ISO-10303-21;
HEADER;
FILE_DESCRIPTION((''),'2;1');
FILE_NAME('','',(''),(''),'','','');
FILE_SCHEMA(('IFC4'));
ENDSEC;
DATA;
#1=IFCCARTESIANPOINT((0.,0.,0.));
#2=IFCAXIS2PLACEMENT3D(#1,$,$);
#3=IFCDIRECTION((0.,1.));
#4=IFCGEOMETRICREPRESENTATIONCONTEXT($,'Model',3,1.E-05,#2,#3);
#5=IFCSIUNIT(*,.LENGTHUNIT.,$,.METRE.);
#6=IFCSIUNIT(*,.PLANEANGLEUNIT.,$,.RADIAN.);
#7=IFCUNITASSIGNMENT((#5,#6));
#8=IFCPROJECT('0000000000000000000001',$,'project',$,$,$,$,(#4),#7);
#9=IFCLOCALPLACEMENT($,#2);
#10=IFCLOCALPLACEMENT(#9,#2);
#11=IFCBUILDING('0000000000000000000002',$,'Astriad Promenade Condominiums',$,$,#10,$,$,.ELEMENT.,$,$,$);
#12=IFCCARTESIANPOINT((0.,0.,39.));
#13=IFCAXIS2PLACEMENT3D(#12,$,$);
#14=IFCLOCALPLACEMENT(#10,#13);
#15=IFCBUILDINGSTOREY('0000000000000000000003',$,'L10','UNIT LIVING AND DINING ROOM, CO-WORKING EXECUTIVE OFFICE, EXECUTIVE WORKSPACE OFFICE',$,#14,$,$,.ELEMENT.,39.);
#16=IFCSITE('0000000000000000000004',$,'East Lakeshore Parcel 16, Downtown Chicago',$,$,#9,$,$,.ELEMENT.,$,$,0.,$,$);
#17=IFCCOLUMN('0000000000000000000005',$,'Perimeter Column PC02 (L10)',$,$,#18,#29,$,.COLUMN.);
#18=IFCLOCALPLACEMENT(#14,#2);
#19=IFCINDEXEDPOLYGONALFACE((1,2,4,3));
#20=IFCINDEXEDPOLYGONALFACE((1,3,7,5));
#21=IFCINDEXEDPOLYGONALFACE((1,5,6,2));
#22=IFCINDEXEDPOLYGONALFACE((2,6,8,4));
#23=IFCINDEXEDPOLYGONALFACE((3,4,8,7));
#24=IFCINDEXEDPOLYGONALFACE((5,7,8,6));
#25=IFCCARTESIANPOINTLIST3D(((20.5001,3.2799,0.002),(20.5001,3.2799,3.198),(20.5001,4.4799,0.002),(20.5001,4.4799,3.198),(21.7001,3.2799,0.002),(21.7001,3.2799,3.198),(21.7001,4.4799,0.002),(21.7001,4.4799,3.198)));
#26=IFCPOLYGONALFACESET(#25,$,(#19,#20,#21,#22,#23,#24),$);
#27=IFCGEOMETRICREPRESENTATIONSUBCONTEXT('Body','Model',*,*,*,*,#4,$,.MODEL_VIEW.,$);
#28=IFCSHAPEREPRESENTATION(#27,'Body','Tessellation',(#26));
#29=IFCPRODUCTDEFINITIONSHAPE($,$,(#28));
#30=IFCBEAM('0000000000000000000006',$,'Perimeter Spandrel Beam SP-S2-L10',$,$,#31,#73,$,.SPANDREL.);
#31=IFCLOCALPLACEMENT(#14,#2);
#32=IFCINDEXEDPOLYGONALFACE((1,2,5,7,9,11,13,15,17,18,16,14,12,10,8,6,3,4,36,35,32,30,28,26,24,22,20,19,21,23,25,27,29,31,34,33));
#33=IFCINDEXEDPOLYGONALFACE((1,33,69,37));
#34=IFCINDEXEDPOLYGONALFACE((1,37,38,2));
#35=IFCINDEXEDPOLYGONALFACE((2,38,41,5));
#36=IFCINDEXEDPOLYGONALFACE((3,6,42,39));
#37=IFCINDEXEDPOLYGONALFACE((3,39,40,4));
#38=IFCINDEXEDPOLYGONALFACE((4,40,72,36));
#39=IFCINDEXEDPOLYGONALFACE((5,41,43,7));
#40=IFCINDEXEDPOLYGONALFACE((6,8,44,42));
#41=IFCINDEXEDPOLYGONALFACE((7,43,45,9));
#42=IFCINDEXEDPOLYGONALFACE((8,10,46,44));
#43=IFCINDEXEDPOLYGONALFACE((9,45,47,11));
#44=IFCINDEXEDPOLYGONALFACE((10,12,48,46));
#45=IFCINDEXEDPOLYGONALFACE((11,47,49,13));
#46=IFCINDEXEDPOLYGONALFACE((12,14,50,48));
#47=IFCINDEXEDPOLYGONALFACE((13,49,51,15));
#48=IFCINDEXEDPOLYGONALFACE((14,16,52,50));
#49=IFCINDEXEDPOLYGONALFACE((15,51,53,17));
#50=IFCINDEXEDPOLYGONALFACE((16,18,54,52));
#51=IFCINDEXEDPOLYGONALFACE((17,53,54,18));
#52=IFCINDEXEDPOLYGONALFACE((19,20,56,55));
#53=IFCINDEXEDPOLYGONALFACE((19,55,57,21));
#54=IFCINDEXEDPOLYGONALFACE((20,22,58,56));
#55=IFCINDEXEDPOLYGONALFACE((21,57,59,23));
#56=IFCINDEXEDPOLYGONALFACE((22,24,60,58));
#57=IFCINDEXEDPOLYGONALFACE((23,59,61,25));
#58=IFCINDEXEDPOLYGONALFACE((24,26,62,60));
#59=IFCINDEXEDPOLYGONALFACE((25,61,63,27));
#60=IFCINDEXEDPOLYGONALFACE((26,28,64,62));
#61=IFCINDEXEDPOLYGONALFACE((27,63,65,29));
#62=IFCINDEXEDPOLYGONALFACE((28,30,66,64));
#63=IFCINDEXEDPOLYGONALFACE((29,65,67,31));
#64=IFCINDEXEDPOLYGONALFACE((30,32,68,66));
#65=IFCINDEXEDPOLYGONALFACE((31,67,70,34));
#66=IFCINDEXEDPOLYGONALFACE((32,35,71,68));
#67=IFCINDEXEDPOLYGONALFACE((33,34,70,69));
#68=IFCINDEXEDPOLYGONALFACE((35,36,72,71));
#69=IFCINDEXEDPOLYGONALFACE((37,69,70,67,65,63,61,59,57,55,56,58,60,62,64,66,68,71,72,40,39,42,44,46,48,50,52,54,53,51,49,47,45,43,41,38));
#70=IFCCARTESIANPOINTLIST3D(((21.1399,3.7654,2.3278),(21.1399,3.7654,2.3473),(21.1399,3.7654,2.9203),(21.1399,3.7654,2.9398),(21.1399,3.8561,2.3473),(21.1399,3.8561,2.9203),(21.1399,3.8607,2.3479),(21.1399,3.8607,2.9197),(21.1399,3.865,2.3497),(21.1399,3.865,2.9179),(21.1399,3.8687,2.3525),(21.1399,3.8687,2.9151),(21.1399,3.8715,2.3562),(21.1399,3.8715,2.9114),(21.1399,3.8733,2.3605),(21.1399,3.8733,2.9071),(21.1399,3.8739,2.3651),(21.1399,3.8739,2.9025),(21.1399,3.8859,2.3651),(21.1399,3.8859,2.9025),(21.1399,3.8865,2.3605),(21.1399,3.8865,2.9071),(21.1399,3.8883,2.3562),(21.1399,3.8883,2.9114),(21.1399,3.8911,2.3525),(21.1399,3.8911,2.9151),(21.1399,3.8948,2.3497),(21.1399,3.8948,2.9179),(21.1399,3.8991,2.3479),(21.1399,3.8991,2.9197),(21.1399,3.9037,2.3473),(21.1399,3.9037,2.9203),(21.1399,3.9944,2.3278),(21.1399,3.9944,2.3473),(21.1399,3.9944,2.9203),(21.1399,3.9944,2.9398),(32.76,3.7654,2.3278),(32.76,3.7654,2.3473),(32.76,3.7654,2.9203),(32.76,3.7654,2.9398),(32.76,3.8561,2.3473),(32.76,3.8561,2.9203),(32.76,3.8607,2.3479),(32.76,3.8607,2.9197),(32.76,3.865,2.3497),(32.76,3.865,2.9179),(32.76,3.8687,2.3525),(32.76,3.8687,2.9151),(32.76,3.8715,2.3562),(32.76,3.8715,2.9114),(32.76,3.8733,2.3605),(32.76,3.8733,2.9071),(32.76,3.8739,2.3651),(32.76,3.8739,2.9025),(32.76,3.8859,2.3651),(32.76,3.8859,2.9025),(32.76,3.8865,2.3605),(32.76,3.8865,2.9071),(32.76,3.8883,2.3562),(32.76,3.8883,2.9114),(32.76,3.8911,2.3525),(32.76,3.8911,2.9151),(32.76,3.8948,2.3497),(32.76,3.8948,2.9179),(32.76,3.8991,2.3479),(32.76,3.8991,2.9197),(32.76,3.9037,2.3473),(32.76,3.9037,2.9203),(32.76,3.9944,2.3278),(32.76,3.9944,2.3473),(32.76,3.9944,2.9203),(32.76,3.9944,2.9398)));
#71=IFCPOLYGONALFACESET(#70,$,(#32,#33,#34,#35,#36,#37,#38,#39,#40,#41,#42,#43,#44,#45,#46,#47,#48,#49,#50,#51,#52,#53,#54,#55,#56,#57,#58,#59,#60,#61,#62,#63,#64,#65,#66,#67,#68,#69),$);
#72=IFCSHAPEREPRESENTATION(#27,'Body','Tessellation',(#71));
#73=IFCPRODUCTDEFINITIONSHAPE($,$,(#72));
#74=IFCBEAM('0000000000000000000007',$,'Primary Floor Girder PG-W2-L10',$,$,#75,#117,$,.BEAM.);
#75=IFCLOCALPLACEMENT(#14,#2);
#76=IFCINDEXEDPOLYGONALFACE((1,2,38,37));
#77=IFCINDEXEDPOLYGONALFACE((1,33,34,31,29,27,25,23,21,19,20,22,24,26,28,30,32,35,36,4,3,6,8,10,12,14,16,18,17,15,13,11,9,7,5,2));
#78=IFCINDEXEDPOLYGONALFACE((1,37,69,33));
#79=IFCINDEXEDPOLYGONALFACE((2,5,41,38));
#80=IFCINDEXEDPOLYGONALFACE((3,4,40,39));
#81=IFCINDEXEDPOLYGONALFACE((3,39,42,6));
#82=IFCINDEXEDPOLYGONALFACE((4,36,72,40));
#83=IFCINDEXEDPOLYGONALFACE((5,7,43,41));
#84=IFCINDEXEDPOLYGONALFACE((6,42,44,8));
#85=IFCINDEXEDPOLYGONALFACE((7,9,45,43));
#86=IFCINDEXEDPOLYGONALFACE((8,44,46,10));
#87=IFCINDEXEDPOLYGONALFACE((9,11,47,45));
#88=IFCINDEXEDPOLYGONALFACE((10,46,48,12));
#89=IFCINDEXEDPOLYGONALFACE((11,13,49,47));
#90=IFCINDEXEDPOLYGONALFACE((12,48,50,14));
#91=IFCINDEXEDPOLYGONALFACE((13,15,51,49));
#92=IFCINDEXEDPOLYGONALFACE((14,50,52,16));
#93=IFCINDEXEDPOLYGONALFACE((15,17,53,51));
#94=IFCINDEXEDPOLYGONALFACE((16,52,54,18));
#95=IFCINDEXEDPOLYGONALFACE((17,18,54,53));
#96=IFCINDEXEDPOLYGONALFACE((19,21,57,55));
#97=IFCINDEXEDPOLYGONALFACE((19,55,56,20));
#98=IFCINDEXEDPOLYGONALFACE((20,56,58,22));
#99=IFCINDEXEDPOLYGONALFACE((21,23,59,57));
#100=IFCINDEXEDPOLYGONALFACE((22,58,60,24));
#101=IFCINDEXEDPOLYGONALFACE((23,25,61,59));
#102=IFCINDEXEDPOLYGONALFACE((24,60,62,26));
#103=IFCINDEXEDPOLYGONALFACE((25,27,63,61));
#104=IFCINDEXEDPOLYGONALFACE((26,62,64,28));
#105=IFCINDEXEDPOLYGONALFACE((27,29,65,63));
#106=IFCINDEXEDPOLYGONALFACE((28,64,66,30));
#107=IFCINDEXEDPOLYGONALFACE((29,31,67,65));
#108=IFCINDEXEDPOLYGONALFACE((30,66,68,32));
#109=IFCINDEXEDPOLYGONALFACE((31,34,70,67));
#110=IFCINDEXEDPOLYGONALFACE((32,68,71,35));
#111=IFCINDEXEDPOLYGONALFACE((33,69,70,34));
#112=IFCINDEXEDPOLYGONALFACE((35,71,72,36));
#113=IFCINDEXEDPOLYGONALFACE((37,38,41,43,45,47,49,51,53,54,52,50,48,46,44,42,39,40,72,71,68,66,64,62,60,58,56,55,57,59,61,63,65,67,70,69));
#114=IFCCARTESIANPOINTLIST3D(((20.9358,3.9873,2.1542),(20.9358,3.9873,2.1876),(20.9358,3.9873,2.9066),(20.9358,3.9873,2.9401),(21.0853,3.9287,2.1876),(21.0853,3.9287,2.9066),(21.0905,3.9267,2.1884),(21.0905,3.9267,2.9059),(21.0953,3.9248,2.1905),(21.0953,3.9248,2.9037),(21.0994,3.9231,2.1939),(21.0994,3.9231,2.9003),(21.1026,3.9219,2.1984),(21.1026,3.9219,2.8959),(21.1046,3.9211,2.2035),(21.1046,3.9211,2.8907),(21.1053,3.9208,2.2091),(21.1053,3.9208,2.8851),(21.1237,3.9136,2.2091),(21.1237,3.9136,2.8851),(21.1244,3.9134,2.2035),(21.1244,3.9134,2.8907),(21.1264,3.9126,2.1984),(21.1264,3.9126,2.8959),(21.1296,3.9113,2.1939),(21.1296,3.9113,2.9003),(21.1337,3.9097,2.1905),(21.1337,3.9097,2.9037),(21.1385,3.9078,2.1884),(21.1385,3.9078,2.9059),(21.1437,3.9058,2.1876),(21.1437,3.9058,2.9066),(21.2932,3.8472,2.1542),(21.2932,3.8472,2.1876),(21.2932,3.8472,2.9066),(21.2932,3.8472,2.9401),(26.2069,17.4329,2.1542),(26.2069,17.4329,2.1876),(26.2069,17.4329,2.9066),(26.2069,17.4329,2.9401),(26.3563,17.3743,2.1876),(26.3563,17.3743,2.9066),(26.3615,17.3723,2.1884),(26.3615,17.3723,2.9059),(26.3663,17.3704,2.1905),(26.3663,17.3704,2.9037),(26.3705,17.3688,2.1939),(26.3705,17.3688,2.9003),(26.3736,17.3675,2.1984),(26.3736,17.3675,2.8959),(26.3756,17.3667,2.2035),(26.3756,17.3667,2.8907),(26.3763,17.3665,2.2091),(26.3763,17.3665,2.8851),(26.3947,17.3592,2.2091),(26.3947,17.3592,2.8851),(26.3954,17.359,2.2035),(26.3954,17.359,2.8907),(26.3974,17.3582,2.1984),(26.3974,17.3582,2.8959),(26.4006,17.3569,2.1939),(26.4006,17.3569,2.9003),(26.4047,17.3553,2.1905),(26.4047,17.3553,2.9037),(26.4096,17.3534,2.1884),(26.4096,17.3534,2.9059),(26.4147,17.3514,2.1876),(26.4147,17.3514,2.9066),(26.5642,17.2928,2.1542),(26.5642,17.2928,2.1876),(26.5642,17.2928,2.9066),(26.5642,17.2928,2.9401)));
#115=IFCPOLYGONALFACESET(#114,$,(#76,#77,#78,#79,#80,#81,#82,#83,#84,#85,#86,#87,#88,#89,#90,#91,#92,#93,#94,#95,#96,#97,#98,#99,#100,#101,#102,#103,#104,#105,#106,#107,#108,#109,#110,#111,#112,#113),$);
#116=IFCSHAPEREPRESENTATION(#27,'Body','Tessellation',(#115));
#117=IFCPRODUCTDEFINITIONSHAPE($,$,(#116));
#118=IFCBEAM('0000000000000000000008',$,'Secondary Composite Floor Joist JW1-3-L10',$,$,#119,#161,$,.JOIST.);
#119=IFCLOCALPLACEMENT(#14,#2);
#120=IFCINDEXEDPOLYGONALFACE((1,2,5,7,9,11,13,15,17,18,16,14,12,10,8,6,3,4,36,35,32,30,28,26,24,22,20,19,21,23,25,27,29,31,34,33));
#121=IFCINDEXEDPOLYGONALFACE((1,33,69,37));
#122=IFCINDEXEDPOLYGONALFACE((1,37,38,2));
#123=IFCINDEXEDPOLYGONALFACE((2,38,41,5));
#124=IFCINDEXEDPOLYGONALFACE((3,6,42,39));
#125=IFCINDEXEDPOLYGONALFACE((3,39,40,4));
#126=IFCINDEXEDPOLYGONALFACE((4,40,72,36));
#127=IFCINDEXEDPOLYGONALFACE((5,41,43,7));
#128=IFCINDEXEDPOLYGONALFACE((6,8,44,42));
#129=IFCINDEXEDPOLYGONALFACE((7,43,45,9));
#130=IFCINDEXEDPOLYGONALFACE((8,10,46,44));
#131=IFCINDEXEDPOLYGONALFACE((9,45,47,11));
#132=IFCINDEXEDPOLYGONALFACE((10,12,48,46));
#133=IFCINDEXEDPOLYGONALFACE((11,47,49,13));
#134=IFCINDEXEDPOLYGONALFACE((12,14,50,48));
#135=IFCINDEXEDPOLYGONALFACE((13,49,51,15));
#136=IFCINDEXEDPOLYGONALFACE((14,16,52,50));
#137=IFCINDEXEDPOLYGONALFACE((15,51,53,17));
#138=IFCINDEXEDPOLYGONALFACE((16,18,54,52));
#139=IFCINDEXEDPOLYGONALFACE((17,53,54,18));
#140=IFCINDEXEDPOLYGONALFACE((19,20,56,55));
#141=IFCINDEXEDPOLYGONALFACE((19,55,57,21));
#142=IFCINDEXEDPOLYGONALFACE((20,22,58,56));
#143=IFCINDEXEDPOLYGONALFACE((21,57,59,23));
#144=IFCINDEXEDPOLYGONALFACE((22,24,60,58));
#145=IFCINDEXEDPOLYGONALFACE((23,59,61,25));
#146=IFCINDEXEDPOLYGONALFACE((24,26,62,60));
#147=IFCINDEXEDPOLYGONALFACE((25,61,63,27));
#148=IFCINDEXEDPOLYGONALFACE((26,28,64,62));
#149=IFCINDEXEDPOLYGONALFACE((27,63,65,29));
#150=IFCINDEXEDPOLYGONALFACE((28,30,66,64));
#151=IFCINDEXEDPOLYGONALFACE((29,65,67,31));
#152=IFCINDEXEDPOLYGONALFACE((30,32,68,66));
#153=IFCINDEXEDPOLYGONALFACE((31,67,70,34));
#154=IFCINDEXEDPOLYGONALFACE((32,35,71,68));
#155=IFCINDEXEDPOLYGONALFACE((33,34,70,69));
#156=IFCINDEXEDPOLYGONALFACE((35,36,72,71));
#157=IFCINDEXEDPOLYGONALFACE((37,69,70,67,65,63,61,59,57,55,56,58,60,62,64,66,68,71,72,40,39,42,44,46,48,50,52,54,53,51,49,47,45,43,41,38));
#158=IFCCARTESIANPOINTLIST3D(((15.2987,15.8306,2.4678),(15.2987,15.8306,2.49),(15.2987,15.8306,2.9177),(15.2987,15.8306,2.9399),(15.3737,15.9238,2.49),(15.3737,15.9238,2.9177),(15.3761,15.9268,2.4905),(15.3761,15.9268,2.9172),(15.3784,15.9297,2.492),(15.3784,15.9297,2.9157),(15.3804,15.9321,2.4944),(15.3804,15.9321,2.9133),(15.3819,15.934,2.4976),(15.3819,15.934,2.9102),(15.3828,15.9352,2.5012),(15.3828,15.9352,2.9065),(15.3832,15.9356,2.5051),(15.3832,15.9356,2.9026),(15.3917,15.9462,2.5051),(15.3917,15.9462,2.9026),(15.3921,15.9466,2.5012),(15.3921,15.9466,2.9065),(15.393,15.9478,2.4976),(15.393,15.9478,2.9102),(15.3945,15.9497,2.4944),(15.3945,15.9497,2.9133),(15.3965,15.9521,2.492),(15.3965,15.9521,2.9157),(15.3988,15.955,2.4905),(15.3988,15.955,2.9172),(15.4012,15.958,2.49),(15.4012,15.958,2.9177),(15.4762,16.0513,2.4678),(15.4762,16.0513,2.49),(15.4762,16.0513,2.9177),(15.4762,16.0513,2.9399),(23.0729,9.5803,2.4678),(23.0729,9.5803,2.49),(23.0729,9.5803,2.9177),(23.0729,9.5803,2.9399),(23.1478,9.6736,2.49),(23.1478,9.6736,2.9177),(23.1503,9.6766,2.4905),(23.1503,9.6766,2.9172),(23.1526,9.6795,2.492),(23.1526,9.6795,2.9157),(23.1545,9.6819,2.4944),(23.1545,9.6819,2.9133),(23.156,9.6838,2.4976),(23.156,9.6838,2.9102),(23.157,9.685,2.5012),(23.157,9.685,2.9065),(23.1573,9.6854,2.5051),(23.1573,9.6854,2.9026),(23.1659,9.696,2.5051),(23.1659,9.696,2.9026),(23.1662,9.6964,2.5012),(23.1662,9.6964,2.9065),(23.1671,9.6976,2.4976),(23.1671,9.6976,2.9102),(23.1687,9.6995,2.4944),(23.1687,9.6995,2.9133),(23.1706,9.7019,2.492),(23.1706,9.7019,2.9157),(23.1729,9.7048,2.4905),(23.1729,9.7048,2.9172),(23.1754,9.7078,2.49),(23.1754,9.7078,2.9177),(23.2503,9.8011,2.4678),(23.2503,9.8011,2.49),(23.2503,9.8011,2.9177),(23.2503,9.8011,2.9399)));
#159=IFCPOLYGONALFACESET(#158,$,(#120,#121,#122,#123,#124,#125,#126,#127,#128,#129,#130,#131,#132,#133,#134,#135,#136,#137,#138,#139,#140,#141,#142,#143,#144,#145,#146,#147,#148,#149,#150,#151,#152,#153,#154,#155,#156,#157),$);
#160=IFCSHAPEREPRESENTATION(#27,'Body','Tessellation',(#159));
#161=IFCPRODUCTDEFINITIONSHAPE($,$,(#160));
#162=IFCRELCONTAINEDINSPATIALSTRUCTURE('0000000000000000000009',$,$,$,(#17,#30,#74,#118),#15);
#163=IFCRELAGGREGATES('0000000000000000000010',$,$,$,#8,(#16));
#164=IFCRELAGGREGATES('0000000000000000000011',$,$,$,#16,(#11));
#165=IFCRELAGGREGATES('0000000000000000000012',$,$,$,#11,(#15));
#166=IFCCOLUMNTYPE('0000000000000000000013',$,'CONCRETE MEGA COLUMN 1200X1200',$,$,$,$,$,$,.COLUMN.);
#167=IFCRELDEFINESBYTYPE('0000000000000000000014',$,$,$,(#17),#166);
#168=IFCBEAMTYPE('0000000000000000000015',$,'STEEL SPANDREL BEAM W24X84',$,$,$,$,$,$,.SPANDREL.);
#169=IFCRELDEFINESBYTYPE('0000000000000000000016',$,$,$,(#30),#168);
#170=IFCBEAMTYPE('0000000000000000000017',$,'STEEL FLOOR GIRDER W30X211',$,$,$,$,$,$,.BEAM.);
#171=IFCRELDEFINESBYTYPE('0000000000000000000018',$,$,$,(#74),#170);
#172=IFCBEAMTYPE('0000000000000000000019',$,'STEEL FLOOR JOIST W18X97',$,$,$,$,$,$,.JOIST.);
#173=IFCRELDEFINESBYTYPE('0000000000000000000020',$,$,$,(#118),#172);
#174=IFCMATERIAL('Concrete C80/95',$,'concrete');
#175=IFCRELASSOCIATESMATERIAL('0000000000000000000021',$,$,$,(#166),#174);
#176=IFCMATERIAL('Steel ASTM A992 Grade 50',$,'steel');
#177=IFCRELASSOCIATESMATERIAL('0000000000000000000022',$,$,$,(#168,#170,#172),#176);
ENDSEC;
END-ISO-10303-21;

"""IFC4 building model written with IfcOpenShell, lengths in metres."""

from ifc_helpers import new_model, si_unit, direction, frame, origin, origin_2d, place, context, subcontext, project, spatial, rectangle, i_section, extrude, source, transform, mapped, material, material_profile, profile_set, type_object, type_shapes, element, save


model = new_model("IFC4")

# Units and contexts
model_context = context("Model", 3, precision=1e-05, world=origin(), true_north=direction((0.0, 1.0)))
body_context = subcontext(model_context, "Body", "Model", "MODEL_VIEW")
ifc_project = project(units=[si_unit("LENGTHUNIT", "METRE"), si_unit("PLANEANGLEUNIT", "RADIAN")], contexts=[model_context])

# Site, building, storey
site_placement = place(None, origin())
site = spatial("IfcSite", under=ifc_project, at=site_placement, Name="East Lakeshore Parcel 16, Downtown Chicago", CompositionType="ELEMENT", RefElevation=0.0)
building_placement = place(site_placement, origin())
building = spatial("IfcBuilding", under=site, at=building_placement, Name="Astriad Promenade Condominiums", CompositionType="ELEMENT")
storey_placement = place(building_placement, frame((0.0, 0.0, 39.0)))
storey = spatial("IfcBuildingStorey", under=building, at=storey_placement, Name="L10", Description="UNIT LIVING AND DINING ROOM, CO-WORKING EXECUTIVE OFFICE, EXECUTIVE WORKSPACE OFFICE", CompositionType="ELEMENT", Elevation=39.0)

# Column
ifc_material_1 = material(Name="Concrete C80/95", Category="concrete")
ifc_material_profile_1 = material_profile(ifc_material_1, rectangle(XDim=1.2, YDim=1.2, at=origin_2d()), Name="RC-COL-1200X1200")
ifc_profile_set_1 = profile_set([ifc_material_profile_1], Name="Concrete C80/95")
column_type = type_object("IfcColumnType", Name="CONCRETE MEGA COLUMN 1200X1200", PredefinedType="COLUMN", material=ifc_profile_set_1)
shared_shape_1 = source(origin(), body_context, "Body", "SweptSolid", [
    extrude(rectangle(XDim=1.2, YDim=1.2, at=origin_2d()), origin(), (0.0, 0.0, 1.0), 3.196),
])
type_shapes(column_type, [shared_shape_1])
column_placement = place(storey_placement, frame((21.1001, 3.8799, 0.002), z_axis=(0.0, 0.0, 1.0), x_axis=(1.0, 0.0, 0.0)))
element("IfcColumn", 1, at=column_placement, inside=storey, type_object=column_type, Name="Perimeter Column PC02 (L10)", PredefinedType="COLUMN", context=body_context, shape_type="MappedRepresentation", body=[
    mapped(shared_shape_1, transform((0.0, 0.0, 0.0), scale=1.0)),
])

# Beams
ifc_material_2 = material(Name="Steel ASTM A992 Grade 50", Category="steel")
ifc_material_profile_2 = material_profile(ifc_material_2, i_section(OverallWidth=0.229, OverallDepth=0.6121, WebThickness=0.012, FlangeThickness=0.0195, FilletRadius=0.0178, at=origin_2d()), Name="W24X84")
ifc_profile_set_2 = profile_set([ifc_material_profile_2], Name="Steel ASTM A992 Grade 50")
beam_type_1 = type_object("IfcBeamType", Name="STEEL SPANDREL BEAM W24X84", PredefinedType="SPANDREL", material=ifc_profile_set_2)
shared_shape_2 = source(origin(), body_context, "Body", "SweptSolid", [
    extrude(i_section(OverallWidth=0.229, OverallDepth=0.6121, WebThickness=0.012, FlangeThickness=0.0195, FilletRadius=0.0178, at=origin_2d()), origin(), (0.0, 0.0, 1.0), 11.6201),
])
type_shapes(beam_type_1, [shared_shape_2])
beam_1_placement = place(storey_placement, frame((21.1399, 3.8799, 2.6338), z_axis=(1.0, 0.0, 0.0), x_axis=(0.0, 1.0, 0.0)))
element("IfcBeam", 2, at=beam_1_placement, inside=storey, type_object=beam_type_1, Name="Perimeter Spandrel Beam SP-S2-L10", PredefinedType="SPANDREL", context=body_context, shape_type="MappedRepresentation", body=[
    mapped(shared_shape_2, transform((0.0, 0.0, 0.0), scale=1.0)),
])
ifc_material_profile_3 = material_profile(ifc_material_2, i_section(OverallWidth=0.3838, OverallDepth=0.7859, WebThickness=0.0198, FlangeThickness=0.0334, FilletRadius=0.0215, at=origin_2d()), Name="W30X211")
ifc_profile_set_3 = profile_set([ifc_material_profile_3], Name="Steel ASTM A992 Grade 50")
beam_type_2 = type_object("IfcBeamType", Name="STEEL FLOOR GIRDER W30X211", PredefinedType="BEAM", material=ifc_profile_set_3)
shared_shape_3 = source(origin(), body_context, "Body", "SweptSolid", [
    extrude(i_section(OverallWidth=0.3838, OverallDepth=0.7859, WebThickness=0.0198, FlangeThickness=0.0334, FilletRadius=0.0215, at=origin_2d()), origin(), (0.0, 0.0, 1.0), 14.4419),
])
type_shapes(beam_type_2, [shared_shape_3])
beam_2_placement = place(storey_placement, frame((21.1145, 3.9172, 2.5471), z_axis=(0.364981, 0.931015, 0.0), x_axis=(-0.931015, 0.364981, 0.0)))
element("IfcBeam", 3, at=beam_2_placement, inside=storey, type_object=beam_type_2, Name="Primary Floor Girder PG-W2-L10", PredefinedType="BEAM", context=body_context, shape_type="MappedRepresentation", body=[
    mapped(shared_shape_3, transform((0.0, 0.0, 0.0), scale=1.0)),
])
ifc_material_profile_4 = material_profile(ifc_material_2, i_section(OverallWidth=0.2832, OverallDepth=0.4722, WebThickness=0.0137, FlangeThickness=0.0222, FilletRadius=0.0151, at=origin_2d()), Name="W18X97")
ifc_profile_set_4 = profile_set([ifc_material_profile_4], Name="Steel ASTM A992 Grade 50")
beam_type_3 = type_object("IfcBeamType", Name="STEEL FLOOR JOIST W18X97", PredefinedType="JOIST", material=ifc_profile_set_4)
shared_shape_4 = source(origin(), body_context, "Body", "SweptSolid", [
    extrude(i_section(OverallWidth=0.2832, OverallDepth=0.4722, WebThickness=0.0137, FlangeThickness=0.0222, FilletRadius=0.0151, at=origin_2d()), origin(), (0.0, 0.0, 1.0), 9.9751),
])
beam_3_placement = place(storey_placement, frame((15.3875, 15.9409, 2.7039), z_axis=(0.779355, -0.626583, 0.0), x_axis=(0.626583, 0.779355, 0.0)))
element("IfcBeam", 4, at=beam_3_placement, inside=storey, type_object=beam_type_3, Name="Secondary Composite Floor Joist JW1-3-L10", PredefinedType="JOIST", context=body_context, shape_type="MappedRepresentation", body=[
    mapped(shared_shape_4, transform((0.0, 0.0, 0.0), scale=1.0)),
])

save(model, "model.ifc")
